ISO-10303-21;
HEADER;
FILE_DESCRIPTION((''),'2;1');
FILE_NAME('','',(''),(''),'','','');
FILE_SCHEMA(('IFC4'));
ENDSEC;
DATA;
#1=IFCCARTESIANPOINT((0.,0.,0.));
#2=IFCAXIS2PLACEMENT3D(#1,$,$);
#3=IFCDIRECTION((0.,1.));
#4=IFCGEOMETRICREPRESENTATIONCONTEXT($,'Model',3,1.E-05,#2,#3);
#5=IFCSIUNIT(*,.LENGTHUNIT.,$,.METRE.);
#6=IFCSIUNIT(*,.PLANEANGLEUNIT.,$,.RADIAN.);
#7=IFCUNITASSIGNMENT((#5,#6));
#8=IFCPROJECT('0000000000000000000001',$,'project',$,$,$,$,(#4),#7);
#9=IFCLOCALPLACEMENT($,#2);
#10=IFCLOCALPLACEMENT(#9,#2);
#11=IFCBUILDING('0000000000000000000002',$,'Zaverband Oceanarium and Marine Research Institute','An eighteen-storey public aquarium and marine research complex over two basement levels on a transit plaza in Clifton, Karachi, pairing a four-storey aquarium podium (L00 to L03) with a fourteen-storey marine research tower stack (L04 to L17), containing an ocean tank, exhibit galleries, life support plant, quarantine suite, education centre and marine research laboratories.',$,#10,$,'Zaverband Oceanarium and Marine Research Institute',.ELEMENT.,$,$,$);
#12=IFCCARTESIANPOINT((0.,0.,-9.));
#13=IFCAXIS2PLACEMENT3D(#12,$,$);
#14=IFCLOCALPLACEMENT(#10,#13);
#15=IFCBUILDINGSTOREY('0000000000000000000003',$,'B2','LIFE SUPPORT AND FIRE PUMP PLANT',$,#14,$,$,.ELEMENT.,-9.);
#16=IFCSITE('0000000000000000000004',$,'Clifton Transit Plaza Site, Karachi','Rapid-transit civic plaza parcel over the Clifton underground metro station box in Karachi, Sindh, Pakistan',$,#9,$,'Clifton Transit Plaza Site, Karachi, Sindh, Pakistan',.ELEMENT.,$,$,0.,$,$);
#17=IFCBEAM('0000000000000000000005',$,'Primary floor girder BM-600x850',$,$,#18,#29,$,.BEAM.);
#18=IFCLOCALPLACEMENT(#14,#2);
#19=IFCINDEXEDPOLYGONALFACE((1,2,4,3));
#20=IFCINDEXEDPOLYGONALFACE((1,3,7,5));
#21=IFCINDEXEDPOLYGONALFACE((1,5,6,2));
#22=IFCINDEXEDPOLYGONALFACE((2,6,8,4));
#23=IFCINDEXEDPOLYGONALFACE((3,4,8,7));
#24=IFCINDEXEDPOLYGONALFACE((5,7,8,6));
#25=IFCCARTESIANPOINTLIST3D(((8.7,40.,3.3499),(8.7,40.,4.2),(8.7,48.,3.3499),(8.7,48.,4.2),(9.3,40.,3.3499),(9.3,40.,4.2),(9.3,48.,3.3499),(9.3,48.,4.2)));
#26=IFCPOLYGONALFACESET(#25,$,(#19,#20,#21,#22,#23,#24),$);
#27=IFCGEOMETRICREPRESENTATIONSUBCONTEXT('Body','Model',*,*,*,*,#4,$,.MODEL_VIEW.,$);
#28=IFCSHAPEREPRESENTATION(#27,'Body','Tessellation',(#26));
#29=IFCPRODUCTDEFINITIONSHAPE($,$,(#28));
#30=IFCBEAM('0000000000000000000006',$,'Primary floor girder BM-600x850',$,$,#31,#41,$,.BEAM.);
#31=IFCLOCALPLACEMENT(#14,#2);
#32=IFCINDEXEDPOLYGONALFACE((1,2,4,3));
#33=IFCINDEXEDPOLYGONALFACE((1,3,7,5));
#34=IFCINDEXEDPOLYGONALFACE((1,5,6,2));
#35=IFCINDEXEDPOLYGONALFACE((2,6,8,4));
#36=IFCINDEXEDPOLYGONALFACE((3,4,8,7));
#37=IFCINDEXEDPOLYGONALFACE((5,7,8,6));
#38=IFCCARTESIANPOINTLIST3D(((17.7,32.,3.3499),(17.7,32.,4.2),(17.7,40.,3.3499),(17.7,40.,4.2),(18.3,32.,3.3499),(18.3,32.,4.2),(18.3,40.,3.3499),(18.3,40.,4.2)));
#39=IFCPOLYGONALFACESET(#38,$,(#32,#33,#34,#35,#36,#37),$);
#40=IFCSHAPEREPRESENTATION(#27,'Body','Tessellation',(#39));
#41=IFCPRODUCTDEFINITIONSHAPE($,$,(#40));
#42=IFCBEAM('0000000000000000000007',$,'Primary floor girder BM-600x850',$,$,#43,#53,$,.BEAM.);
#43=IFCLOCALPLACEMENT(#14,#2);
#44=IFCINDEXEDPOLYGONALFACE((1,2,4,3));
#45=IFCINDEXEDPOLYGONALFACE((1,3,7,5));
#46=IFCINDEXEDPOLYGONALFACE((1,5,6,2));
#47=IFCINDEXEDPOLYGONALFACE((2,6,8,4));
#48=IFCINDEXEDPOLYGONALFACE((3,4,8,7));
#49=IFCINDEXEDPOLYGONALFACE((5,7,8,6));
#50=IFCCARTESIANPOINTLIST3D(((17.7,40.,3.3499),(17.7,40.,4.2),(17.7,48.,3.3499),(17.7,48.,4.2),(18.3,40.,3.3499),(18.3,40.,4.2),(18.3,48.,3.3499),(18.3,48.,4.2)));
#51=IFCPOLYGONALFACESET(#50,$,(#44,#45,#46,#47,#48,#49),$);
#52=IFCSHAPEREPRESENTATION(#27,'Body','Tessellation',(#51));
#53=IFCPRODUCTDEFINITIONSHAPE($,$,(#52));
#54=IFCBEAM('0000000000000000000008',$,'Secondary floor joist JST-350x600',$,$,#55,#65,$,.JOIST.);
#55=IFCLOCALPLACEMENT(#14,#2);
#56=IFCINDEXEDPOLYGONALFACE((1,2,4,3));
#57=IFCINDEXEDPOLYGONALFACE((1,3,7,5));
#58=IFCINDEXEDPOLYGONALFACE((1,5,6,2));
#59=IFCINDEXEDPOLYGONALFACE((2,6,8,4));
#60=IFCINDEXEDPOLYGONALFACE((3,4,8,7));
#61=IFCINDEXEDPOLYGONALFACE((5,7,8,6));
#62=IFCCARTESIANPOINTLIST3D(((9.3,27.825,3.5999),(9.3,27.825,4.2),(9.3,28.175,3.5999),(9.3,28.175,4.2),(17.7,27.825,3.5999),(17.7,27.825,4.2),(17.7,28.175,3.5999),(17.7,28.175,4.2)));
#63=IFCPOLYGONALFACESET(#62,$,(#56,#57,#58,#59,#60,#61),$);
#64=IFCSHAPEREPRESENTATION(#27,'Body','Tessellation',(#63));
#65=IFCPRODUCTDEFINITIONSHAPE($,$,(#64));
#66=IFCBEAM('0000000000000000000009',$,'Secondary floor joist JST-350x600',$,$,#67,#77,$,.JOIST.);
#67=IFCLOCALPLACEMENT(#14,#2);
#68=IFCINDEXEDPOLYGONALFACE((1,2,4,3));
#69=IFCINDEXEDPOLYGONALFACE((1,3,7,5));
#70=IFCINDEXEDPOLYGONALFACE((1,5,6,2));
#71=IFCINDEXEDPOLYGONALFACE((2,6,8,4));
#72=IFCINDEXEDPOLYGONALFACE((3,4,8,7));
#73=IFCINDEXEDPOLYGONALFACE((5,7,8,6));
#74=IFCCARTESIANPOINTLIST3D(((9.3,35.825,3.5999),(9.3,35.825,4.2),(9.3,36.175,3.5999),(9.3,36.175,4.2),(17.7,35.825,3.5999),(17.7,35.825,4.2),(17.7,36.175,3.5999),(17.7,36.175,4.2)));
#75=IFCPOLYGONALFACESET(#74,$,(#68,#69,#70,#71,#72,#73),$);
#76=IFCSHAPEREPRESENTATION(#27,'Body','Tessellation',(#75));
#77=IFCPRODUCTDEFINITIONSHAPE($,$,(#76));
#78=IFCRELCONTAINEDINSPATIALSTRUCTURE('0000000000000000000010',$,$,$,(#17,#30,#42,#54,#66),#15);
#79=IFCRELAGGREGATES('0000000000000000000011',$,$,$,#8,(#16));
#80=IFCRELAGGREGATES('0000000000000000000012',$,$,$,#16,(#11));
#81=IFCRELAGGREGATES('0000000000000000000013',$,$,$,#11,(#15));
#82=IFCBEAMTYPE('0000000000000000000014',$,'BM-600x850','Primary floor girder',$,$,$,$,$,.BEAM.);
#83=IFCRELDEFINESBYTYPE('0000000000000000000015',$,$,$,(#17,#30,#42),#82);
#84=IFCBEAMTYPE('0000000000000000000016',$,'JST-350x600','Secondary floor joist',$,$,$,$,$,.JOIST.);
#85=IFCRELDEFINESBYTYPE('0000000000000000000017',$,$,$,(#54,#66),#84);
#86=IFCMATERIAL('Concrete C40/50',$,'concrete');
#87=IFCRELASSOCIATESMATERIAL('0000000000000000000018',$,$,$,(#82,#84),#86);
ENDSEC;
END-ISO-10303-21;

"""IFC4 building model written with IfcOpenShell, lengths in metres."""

from ifc_helpers import new_model, si_unit, direction, frame, origin, origin_2d, place, context, subcontext, project, spatial, rectangle, extrude, material, material_profile, profile_set, type_object, element, save


model = new_model("IFC4")

# Units and contexts
model_context = context("Model", 3, precision=1e-05, world=origin(), true_north=direction((0.0, 1.0)))
body_context = subcontext(model_context, "Body", "Model", "MODEL_VIEW")
ifc_project = project(units=[si_unit("LENGTHUNIT", "METRE"), si_unit("PLANEANGLEUNIT", "RADIAN")], contexts=[model_context])

# Site, building, storey
site_placement = place(None, origin())
site = spatial("IfcSite", under=ifc_project, at=site_placement, Name="Clifton Transit Plaza Site, Karachi", Description="Rapid-transit civic plaza parcel over the Clifton underground metro station box in Karachi, Sindh, Pakistan", LongName="Clifton Transit Plaza Site, Karachi, Sindh, Pakistan", CompositionType="ELEMENT", RefElevation=0.0)
building_placement = place(site_placement, origin())
building = spatial("IfcBuilding", under=site, at=building_placement, Name="Zaverband Oceanarium and Marine Research Institute", Description="An eighteen-storey public aquarium and marine research complex over two basement levels on a transit plaza in Clifton, Karachi, pairing a four-storey aquarium podium (L00 to L03) with a fourteen-storey marine research tower stack (L04 to L17), containing an ocean tank, exhibit galleries, life support plant, quarantine suite, education centre and marine research laboratories.", LongName="Zaverband Oceanarium and Marine Research Institute", CompositionType="ELEMENT")
storey_placement = place(building_placement, frame((0.0, 0.0, -9.0)))
storey = spatial("IfcBuildingStorey", under=building, at=storey_placement, Name="B2", Description="LIFE SUPPORT AND FIRE PUMP PLANT", CompositionType="ELEMENT", Elevation=-9.0)

# Beams
ifc_material_1 = material(Name="Concrete C40/50", Category="concrete")
ifc_material_profile_1 = material_profile(ifc_material_1, rectangle(XDim=0.6001, YDim=0.8501, at=origin_2d()), Name="RC600x850")
ifc_profile_set_1 = profile_set([ifc_material_profile_1], Name="Concrete C40/50")
beam_type_1 = type_object("IfcBeamType", Name="BM-600x850", Description="Primary floor girder", PredefinedType="BEAM", material=ifc_profile_set_1)
for number, where, z_axis, x_axis, name in (
    (1, (9.0, 40.0, 3.7749), (0.0, 1.0, 0.0), (-1.0, 0.0, 0.0), "Primary floor girder BM-600x850"),
    (2, (18.0, 32.0, 3.7749), (0.0, 1.0, 0.0), (-1.0, 0.0, 0.0), "Primary floor girder BM-600x850"),
    (3, (18.0, 40.0, 3.7749), (0.0, 1.0, 0.0), (-1.0, 0.0, 0.0), "Primary floor girder BM-600x850"),
):
    element("IfcBeam", number, at=place(storey_placement, frame(where, z_axis=z_axis, x_axis=x_axis)), inside=storey, type_object=beam_type_1, Name=name, PredefinedType="BEAM", context=body_context, shape_type="SweptSolid", body=[
        extrude(rectangle(XDim=0.6001, YDim=0.8501, at=origin_2d()), origin(), (0.0, 0.0, 1.0), 8.0),
    ])
ifc_material_profile_2 = material_profile(ifc_material_1, rectangle(XDim=0.3501, YDim=0.6001, at=origin_2d()), Name="RC350x600")
ifc_profile_set_2 = profile_set([ifc_material_profile_2], Name="Concrete C40/50")
beam_type_2 = type_object("IfcBeamType", Name="JST-350x600", Description="Secondary floor joist", PredefinedType="JOIST", material=ifc_profile_set_2)
for number, where, z_axis, x_axis, name in (
    (4, (9.3, 28.0, 3.8999), (1.0, 0.0, 0.0), (0.0, 1.0, 0.0), "Secondary floor joist JST-350x600"),
    (5, (9.3, 36.0, 3.8999), (1.0, 0.0, 0.0), (0.0, 1.0, 0.0), "Secondary floor joist JST-350x600"),
):
    element("IfcBeam", number, at=place(storey_placement, frame(where, z_axis=z_axis, x_axis=x_axis)), inside=storey, type_object=beam_type_2, Name=name, PredefinedType="JOIST", context=body_context, shape_type="SweptSolid", body=[
        extrude(rectangle(XDim=0.3501, YDim=0.6001, at=origin_2d()), origin(), (0.0, 0.0, 1.0), 8.3999),
    ])

save(model, "model.ifc")
